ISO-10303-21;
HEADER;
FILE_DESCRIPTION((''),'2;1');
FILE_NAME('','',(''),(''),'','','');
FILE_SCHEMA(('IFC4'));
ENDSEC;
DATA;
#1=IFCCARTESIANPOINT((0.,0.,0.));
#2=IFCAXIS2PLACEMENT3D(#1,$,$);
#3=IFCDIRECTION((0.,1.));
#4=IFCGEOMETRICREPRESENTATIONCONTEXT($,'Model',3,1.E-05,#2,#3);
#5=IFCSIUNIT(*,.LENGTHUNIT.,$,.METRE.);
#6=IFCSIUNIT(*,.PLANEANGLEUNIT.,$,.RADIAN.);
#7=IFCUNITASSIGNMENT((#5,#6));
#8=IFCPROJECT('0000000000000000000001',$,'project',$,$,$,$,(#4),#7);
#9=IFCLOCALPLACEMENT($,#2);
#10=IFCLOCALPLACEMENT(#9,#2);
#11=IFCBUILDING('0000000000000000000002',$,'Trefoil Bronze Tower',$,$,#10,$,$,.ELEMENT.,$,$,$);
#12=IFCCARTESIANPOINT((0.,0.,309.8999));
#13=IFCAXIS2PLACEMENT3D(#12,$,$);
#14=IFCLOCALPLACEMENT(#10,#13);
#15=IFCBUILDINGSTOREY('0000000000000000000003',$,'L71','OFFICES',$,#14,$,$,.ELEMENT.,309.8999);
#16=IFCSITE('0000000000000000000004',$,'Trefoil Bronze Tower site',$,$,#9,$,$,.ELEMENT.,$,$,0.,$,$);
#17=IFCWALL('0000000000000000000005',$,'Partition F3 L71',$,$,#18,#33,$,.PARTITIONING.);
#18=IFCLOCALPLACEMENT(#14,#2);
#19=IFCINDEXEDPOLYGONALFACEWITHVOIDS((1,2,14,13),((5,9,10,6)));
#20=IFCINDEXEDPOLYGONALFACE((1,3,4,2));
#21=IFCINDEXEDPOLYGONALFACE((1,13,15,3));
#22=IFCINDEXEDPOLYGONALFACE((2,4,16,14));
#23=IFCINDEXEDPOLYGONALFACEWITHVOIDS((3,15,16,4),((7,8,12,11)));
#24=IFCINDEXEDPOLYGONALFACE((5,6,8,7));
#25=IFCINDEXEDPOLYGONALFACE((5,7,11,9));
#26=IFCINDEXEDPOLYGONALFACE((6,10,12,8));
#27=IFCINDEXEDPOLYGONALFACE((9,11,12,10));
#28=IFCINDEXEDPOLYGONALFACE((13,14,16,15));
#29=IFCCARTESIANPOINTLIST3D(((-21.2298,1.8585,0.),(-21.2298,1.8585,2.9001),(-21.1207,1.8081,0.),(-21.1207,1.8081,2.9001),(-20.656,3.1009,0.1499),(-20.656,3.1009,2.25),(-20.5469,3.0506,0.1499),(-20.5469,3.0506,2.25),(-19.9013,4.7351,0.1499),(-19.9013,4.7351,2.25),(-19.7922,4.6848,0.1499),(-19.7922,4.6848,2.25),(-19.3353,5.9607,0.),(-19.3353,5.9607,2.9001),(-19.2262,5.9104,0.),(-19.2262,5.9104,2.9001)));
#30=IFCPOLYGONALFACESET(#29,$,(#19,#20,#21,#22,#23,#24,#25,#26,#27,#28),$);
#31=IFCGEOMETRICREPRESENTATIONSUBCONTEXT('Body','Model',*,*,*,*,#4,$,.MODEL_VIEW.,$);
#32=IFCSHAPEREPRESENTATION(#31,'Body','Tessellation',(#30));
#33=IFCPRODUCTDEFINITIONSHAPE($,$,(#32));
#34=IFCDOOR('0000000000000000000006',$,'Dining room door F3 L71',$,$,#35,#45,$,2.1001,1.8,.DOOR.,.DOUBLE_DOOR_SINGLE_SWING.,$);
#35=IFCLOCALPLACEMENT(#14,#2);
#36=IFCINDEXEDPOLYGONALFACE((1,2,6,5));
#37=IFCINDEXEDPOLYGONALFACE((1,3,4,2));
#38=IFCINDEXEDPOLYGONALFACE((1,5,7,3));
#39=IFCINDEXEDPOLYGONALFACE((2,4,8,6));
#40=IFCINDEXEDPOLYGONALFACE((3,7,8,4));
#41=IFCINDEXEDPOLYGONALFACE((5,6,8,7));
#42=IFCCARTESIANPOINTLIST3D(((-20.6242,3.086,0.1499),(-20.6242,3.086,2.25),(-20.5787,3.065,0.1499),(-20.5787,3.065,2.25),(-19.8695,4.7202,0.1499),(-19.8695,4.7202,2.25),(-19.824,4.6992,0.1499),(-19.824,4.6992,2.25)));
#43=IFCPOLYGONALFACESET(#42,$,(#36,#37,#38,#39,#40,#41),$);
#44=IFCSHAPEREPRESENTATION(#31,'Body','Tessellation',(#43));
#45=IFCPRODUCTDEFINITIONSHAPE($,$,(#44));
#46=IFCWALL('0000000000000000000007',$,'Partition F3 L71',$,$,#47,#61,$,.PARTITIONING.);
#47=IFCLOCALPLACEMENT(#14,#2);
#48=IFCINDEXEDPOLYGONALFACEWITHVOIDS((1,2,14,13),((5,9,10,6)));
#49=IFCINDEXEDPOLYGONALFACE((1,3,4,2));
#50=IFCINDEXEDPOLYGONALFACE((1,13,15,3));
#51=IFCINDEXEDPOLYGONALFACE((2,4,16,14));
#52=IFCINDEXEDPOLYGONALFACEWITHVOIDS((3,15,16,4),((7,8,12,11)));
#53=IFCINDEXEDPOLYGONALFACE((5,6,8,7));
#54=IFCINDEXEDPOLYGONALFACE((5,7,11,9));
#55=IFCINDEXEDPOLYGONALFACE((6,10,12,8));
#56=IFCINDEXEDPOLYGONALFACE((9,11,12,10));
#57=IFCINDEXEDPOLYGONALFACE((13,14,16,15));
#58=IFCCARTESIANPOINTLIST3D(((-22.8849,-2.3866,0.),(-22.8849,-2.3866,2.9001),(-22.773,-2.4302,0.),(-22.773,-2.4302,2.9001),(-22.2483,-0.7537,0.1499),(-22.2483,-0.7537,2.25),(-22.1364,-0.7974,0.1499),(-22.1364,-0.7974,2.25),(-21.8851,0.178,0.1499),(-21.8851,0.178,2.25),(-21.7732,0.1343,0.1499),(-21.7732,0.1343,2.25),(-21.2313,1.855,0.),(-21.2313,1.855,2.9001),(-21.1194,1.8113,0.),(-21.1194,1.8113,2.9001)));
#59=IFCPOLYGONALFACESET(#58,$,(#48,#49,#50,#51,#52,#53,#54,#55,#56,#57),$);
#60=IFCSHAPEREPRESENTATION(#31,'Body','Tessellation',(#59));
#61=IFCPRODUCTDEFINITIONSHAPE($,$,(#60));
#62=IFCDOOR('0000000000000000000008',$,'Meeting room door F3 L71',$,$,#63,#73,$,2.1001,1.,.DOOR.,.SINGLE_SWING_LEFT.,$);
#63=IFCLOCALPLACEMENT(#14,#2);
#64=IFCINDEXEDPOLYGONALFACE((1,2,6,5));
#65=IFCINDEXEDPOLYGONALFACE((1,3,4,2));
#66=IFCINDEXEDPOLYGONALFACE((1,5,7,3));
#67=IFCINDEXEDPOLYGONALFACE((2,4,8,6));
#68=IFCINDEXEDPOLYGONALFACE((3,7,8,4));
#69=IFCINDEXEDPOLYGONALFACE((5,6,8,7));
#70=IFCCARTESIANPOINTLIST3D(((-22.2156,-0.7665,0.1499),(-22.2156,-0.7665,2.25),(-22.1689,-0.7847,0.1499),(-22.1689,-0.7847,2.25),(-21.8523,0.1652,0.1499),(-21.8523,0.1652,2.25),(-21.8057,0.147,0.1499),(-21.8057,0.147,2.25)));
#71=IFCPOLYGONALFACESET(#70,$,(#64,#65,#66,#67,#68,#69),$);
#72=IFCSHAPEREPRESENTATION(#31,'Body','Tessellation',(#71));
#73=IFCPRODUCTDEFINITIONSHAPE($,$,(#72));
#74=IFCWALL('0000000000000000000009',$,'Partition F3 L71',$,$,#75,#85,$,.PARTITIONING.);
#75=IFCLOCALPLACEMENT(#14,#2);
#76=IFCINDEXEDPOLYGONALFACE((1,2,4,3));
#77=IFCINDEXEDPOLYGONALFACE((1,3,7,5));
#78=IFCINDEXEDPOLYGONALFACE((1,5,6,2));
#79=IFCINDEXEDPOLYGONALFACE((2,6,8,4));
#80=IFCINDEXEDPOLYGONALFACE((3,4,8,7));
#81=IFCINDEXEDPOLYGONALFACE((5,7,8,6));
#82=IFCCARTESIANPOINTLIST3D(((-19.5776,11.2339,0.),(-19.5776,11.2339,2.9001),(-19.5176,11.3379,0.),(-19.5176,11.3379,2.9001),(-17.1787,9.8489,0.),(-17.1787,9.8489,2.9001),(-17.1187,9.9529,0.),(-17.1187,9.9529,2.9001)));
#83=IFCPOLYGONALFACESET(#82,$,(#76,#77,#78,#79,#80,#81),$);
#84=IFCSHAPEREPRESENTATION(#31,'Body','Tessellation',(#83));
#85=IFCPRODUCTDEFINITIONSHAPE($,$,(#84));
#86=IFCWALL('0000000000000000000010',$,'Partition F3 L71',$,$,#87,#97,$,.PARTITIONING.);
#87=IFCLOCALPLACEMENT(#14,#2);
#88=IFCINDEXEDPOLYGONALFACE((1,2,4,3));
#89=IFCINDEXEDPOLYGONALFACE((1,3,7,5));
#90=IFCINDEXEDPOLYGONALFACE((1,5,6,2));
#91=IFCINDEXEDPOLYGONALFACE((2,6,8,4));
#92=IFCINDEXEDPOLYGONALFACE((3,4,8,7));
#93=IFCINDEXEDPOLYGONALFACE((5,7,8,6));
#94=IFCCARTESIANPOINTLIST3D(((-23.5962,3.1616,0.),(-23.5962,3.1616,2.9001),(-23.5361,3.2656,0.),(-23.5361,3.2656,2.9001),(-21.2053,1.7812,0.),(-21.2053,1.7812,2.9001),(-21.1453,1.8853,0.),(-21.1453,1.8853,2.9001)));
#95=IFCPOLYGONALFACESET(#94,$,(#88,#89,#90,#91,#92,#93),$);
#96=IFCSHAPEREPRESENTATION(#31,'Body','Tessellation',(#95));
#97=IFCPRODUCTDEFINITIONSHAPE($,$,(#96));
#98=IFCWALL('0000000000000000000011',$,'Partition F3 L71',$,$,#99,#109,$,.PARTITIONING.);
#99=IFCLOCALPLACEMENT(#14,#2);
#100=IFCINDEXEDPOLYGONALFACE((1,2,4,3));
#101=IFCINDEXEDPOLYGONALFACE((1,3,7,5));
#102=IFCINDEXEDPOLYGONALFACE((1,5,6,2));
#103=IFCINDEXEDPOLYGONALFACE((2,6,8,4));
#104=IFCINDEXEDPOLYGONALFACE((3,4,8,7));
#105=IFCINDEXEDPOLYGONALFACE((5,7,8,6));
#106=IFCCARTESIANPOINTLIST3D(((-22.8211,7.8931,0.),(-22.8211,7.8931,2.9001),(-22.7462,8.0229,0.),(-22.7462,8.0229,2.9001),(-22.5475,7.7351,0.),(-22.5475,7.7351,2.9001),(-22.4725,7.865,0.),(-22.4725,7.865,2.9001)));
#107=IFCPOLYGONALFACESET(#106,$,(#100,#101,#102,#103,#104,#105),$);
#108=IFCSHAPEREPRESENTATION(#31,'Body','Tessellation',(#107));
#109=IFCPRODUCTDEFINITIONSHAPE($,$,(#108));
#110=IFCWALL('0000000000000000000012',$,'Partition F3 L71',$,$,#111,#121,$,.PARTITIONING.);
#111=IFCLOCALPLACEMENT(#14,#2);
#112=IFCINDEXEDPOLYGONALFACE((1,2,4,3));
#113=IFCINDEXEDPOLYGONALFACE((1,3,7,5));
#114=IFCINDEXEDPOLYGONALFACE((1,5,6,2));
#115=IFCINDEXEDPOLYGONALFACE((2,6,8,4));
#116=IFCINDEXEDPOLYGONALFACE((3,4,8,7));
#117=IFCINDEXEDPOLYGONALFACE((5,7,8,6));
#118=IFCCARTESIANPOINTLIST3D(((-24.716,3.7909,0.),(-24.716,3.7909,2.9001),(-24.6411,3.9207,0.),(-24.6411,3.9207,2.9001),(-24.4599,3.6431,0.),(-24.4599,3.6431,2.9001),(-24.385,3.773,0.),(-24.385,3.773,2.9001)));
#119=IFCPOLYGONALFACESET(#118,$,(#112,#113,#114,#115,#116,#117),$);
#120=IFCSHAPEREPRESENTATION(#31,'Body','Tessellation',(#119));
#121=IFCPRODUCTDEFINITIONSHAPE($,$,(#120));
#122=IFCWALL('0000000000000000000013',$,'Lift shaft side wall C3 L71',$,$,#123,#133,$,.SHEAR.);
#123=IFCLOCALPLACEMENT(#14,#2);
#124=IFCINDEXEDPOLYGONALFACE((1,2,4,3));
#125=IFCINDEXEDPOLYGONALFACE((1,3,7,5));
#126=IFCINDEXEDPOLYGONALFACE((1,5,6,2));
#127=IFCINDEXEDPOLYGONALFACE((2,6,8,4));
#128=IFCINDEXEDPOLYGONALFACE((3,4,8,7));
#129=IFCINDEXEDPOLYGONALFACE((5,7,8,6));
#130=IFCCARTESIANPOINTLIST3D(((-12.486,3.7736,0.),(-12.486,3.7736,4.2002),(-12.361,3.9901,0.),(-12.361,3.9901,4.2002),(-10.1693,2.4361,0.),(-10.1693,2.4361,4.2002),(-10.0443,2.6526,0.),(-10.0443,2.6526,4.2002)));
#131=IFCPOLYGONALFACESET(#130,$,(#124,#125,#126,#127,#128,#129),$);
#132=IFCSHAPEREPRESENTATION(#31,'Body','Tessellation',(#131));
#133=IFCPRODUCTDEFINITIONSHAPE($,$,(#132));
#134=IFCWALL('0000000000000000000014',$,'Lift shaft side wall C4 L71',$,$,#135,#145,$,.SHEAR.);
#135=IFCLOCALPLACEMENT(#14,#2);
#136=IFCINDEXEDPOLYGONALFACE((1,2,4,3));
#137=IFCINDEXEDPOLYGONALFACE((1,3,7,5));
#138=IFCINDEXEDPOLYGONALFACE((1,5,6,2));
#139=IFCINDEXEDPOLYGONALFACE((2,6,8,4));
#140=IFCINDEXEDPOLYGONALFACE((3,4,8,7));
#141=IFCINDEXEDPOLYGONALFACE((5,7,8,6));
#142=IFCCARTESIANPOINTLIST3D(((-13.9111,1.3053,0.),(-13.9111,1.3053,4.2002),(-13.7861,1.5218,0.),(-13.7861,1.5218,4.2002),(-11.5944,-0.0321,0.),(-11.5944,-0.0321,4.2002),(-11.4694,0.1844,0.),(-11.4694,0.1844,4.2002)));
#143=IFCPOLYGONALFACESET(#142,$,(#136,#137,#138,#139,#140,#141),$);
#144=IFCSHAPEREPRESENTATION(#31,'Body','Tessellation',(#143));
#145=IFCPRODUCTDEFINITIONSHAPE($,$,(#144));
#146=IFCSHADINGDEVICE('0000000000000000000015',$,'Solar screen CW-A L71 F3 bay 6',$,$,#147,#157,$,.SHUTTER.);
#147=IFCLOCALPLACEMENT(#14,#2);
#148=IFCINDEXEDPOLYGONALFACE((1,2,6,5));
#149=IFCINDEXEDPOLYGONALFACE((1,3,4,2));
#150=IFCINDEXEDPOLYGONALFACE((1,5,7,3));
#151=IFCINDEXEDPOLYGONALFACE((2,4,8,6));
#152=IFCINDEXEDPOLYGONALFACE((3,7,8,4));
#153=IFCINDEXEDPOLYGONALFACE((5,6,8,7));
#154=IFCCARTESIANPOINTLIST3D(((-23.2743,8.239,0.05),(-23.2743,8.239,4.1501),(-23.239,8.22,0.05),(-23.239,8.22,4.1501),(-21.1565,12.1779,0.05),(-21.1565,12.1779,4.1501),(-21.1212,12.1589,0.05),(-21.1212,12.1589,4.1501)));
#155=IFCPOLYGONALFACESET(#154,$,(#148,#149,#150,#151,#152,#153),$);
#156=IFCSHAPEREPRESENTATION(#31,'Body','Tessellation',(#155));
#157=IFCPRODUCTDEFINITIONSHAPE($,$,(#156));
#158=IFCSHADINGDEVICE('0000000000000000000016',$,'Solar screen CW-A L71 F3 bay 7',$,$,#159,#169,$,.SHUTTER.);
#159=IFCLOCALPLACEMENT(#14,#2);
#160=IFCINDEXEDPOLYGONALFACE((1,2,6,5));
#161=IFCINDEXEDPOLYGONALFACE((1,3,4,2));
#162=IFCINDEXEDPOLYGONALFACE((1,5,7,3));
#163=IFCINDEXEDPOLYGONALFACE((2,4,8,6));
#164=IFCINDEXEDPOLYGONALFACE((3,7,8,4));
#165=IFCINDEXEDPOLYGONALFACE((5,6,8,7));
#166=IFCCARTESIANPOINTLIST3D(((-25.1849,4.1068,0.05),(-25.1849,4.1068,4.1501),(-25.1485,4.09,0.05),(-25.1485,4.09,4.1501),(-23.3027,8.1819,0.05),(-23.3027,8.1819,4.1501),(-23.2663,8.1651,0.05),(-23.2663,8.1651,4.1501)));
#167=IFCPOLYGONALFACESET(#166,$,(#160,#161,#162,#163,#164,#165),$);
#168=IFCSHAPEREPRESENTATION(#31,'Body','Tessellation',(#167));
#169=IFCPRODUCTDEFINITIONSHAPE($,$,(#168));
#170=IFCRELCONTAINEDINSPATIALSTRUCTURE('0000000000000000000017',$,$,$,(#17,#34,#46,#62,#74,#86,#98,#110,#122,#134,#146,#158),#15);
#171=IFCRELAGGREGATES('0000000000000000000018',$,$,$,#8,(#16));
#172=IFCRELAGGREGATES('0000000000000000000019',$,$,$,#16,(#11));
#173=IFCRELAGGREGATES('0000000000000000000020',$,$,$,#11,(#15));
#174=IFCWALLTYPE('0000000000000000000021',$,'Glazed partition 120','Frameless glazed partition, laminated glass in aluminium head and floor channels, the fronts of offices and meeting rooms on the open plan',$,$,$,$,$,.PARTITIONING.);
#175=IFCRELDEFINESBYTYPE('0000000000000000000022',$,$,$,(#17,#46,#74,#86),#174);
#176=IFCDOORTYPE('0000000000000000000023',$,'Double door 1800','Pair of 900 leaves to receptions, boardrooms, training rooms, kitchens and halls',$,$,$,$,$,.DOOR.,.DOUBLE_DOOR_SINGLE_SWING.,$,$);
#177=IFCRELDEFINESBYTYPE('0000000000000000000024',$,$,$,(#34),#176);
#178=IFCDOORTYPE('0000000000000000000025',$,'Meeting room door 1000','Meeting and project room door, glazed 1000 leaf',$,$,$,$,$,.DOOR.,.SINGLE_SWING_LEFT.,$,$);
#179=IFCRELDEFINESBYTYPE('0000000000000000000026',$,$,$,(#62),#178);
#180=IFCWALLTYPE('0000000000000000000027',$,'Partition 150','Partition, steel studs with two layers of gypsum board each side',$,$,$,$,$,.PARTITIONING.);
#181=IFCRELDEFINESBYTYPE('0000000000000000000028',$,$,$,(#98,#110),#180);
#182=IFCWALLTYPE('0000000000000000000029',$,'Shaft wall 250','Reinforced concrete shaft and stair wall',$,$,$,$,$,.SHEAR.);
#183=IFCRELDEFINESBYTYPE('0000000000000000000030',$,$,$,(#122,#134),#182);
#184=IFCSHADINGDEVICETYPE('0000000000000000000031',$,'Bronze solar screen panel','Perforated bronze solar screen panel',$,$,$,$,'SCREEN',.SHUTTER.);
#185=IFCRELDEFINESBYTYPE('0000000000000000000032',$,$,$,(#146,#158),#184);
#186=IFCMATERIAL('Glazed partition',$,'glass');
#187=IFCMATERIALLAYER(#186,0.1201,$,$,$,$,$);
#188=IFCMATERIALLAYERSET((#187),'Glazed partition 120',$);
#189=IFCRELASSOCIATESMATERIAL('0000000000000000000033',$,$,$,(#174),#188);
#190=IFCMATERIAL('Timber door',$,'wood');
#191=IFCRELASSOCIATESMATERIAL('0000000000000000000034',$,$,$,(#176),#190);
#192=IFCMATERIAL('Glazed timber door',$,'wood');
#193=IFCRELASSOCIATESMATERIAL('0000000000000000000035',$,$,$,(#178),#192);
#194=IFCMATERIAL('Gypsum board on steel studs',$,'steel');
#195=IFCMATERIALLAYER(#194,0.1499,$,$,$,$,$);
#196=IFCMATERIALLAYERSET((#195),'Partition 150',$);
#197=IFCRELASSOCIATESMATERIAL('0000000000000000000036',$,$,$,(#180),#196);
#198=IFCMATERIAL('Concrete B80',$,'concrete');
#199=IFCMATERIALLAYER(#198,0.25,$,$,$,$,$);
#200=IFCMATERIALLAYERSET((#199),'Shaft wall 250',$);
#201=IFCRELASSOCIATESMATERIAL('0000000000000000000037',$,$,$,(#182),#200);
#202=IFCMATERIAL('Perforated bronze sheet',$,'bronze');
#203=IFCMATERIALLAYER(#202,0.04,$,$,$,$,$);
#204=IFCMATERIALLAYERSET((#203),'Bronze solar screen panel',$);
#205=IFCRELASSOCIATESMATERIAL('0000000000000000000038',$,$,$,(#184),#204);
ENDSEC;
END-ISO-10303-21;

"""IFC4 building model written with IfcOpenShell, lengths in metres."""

from ifc_helpers import new_model, si_unit, direction, frame, frame_2d, origin, origin_2d, place, context, subcontext, project, spatial, rectangle, extrude, material, layer, layer_set, type_object, element, fill, save


model = new_model("IFC4")

# Units and contexts
model_context = context("Model", 3, precision=1e-05, world=origin(), true_north=direction((0.0, 1.0)))
body_context = subcontext(model_context, "Body", "Model", "MODEL_VIEW")
ifc_project = project(units=[si_unit("LENGTHUNIT", "METRE"), si_unit("PLANEANGLEUNIT", "RADIAN")], contexts=[model_context])

# Site, building, storey
site_placement = place(None, origin())
site = spatial("IfcSite", under=ifc_project, at=site_placement, Name="Trefoil Bronze Tower site", CompositionType="ELEMENT", RefElevation=0.0)
building_placement = place(site_placement, origin())
building = spatial("IfcBuilding", under=site, at=building_placement, Name="Trefoil Bronze Tower", CompositionType="ELEMENT")
storey_placement = place(building_placement, frame((0.0, 0.0, 309.8999)))
storey = spatial("IfcBuildingStorey", under=building, at=storey_placement, Name="L71", Description="OFFICES", CompositionType="ELEMENT", Elevation=309.8999)

# Shared definitions
ifc_material_1 = material(Name="Glazed partition", Category="glass")
ifc_layer_1 = layer(ifc_material_1, 0.1201)
ifc_layer_set_1 = layer_set([ifc_layer_1], Name="Glazed partition 120")
wall_type_1 = type_object("IfcWallType", Name="Glazed partition 120", Description="Frameless glazed partition, laminated glass in aluminium head and floor channels, the fronts of offices and meeting rooms on the open plan", PredefinedType="PARTITIONING", material=ifc_layer_set_1)

# Walls, openings, doors
wall_1_placement = place(storey_placement, frame((-19.2808, 5.9355, 0.0), z_axis=(0.0, 0.0, 1.0), x_axis=(-0.419271, -0.907861, 0.0)))
wall_1 = element("IfcWall", 1, at=wall_1_placement, inside=storey, type_object=wall_type_1, Name="Partition F3 L71", PredefinedType="PARTITIONING", context=body_context, shape_type="SweptSolid", body=[
    extrude(rectangle(XDim=4.5186, YDim=0.1201, at=frame_2d((2.2593, 0.0))), origin(), (0.0, 0.0, 1.0), 2.9001),
])
opening_1_placement = place(wall_1_placement, frame((1.3501, 0.0, 0.1499)))
opening_1 = element("IfcOpeningElement", 2, at=opening_1_placement, cuts=wall_1, PredefinedType="OPENING", context=body_context, shape_type="SweptSolid", body=[
    extrude(rectangle(XDim=1.8, YDim=2.1001, at=frame_2d((0.8999, 1.05))), frame((0.0, 0.0701, 0.0), z_axis=(0.0, -1.0, 0.0), x_axis=(1.0, 0.0, 0.0)), (0.0, 0.0, 1.0), 0.1401),
])
ifc_material_2 = material(Name="Timber door", Category="wood")
door_type_1 = type_object("IfcDoorType", Name="Double door 1800", Description="Pair of 900 leaves to receptions, boardrooms, training rooms, kitchens and halls", OperationType="DOUBLE_DOOR_SINGLE_SWING", PredefinedType="DOOR", material=ifc_material_2)
door_1_placement = place(opening_1_placement, frame((1.8, 0.0, 0.0), z_axis=(0.0, 0.0, 1.0), x_axis=(-1.0, 0.0, 0.0)))
door_1 = element("IfcDoor", 3, at=door_1_placement, inside=storey, type_object=door_type_1, Name="Dining room door F3 L71", OperationType="DOUBLE_DOOR_SINGLE_SWING", OverallHeight=2.1001, OverallWidth=1.8, PredefinedType="DOOR", context=body_context, shape_type="SweptSolid", body=[
    extrude(rectangle(XDim=1.8, YDim=2.1001, at=frame_2d((0.8999, 1.05))), frame((0.0, 0.0249, 0.0), z_axis=(0.0, -1.0, 0.0), x_axis=(1.0, 0.0, 0.0)), (0.0, 0.0, 1.0), 0.05),
])
fill(opening_1, door_1)
wall_2_placement = place(storey_placement, frame((-21.1753, 1.8333, 0.0), z_axis=(0.0, 0.0, 1.0), x_axis=(-0.36323, -0.931699, 0.0)))
wall_2 = element("IfcWall", 4, at=wall_2_placement, inside=storey, type_object=wall_type_1, Name="Partition F3 L71", PredefinedType="PARTITIONING", context=body_context, shape_type="SweptSolid", body=[
    extrude(rectangle(XDim=4.5525, YDim=0.1201, at=frame_2d((2.2764, 0.0))), origin(), (0.0, 0.0, 1.0), 2.9001),
])
opening_2_placement = place(wall_2_placement, frame((1.8, 0.0, 0.1499)))
opening_2 = element("IfcOpeningElement", 5, at=opening_2_placement, cuts=wall_2, PredefinedType="OPENING", context=body_context, shape_type="SweptSolid", body=[
    extrude(rectangle(XDim=1.0, YDim=2.1001, at=frame_2d((0.5, 1.05))), frame((0.0, 0.0701, 0.0), z_axis=(0.0, -1.0, 0.0), x_axis=(1.0, 0.0, 0.0)), (0.0, 0.0, 1.0), 0.1401),
])
ifc_material_3 = material(Name="Glazed timber door", Category="wood")
door_type_2 = type_object("IfcDoorType", Name="Meeting room door 1000", Description="Meeting and project room door, glazed 1000 leaf", OperationType="SINGLE_SWING_LEFT", PredefinedType="DOOR", material=ifc_material_3)
door_2_placement = place(opening_2_placement, frame((1.0, 0.0, 0.0), z_axis=(0.0, 0.0, 1.0), x_axis=(-1.0, 0.0, 0.0)))
door_2 = element("IfcDoor", 6, at=door_2_placement, inside=storey, type_object=door_type_2, Name="Meeting room door F3 L71", OperationType="SINGLE_SWING_LEFT", OverallHeight=2.1001, OverallWidth=1.0, PredefinedType="DOOR", context=body_context, shape_type="SweptSolid", body=[
    extrude(rectangle(XDim=1.0, YDim=2.1001, at=frame_2d((0.5, 1.05))), frame((0.0, 0.0249, 0.0), z_axis=(0.0, -1.0, 0.0), x_axis=(1.0, 0.0, 0.0)), (0.0, 0.0, 1.0), 0.05),
])
fill(opening_2, door_2)

# Walls
wall_3_placement = place(storey_placement, frame((-17.1487, 9.9009, 0.0), z_axis=(0.0, 0.0, 1.0), x_axis=(-0.866027, 0.499997, 0.0)))
element("IfcWall", 7, at=wall_3_placement, inside=storey, type_object=wall_type_1, Name="Partition F3 L71", PredefinedType="PARTITIONING", context=body_context, shape_type="SweptSolid", body=[
    extrude(rectangle(XDim=2.77, YDim=0.1201, at=frame_2d((1.385, 0.0))), origin(), (0.0, 0.0, 1.0), 2.9001),
])
wall_4_placement = place(storey_placement, frame((-21.1753, 1.8333, 0.0), z_axis=(0.0, 0.0, 1.0), x_axis=(-0.866025, 0.500001, 0.0)))
element("IfcWall", 8, at=wall_4_placement, inside=storey, type_object=wall_type_1, Name="Partition F3 L71", PredefinedType="PARTITIONING", context=body_context, shape_type="SweptSolid", body=[
    extrude(rectangle(XDim=2.7607, YDim=0.1201, at=frame_2d((1.3804, 0.0))), origin(), (0.0, 0.0, 1.0), 2.9001),
])
ifc_material_4 = material(Name="Gypsum board on steel studs", Category="steel")
ifc_layer_2 = layer(ifc_material_4, 0.1499)
ifc_layer_set_2 = layer_set([ifc_layer_2], Name="Partition 150")
wall_type_2 = type_object("IfcWallType", Name="Partition 150", Description="Partition, steel studs with two layers of gypsum board each side", PredefinedType="PARTITIONING", material=ifc_layer_set_2)
wall_5_placement = place(storey_placement, frame((-22.51, 7.8, 0.0), z_axis=(0.0, 0.0, 1.0), x_axis=(-0.866096, 0.499879, 0.0)))
element("IfcWall", 9, at=wall_5_placement, inside=storey, type_object=wall_type_2, Name="Partition F3 L71", PredefinedType="PARTITIONING", context=body_context, shape_type="SweptSolid", body=[
    extrude(rectangle(XDim=0.3159, YDim=0.1499, at=frame_2d((0.158, 0.0))), origin(), (0.0, 0.0, 1.0), 2.9001),
])
wall_6_placement = place(storey_placement, frame((-24.4224, 3.708, 0.0), z_axis=(0.0, 0.0, 1.0), x_axis=(-0.866254, 0.499603, 0.0)))
element("IfcWall", 10, at=wall_6_placement, inside=storey, type_object=wall_type_2, Name="Partition F3 L71", PredefinedType="PARTITIONING", context=body_context, shape_type="SweptSolid", body=[
    extrude(rectangle(XDim=0.2957, YDim=0.1499, at=frame_2d((0.1479, 0.0))), origin(), (0.0, 0.0, 1.0), 2.9001),
])
ifc_material_5 = material(Name="Concrete B80", Category="concrete")
ifc_layer_3 = layer(ifc_material_5, 0.25)
ifc_layer_set_3 = layer_set([ifc_layer_3], Name="Shaft wall 250")
wall_type_3 = type_object("IfcWallType", Name="Shaft wall 250", Description="Reinforced concrete shaft and stair wall", PredefinedType="SHEAR", material=ifc_layer_set_3)
for number, where, z_axis, x_axis, name in (
    (11, (-10.1069, 2.5444, 0.0), (0.0, 0.0, 1.0), (-0.866044, 0.499967, 0.0), "Lift shaft side wall C3 L71"),
    (12, (-11.532, 0.0762, 0.0), (0.0, 0.0, 1.0), (-0.866044, 0.499967, 0.0), "Lift shaft side wall C4 L71"),
):
    element("IfcWall", number, at=place(storey_placement, frame(where, z_axis=z_axis, x_axis=x_axis)), inside=storey, type_object=wall_type_3, Name=name, PredefinedType="SHEAR", context=body_context, shape_type="SweptSolid", body=[
        extrude(rectangle(XDim=2.675, YDim=0.25, at=frame_2d((1.3374, 0.0))), origin(), (0.0, 0.0, 1.0), 4.2002),
    ])

# Shading devices
ifc_material_6 = material(Name="Perforated bronze sheet", Category="bronze")
ifc_layer_4 = layer(ifc_material_6, 0.04)
ifc_layer_set_4 = layer_set([ifc_layer_4], Name="Bronze solar screen panel")
shading_device_type = type_object("IfcShadingDeviceType", Name="Bronze solar screen panel", Description="Perforated bronze solar screen panel", ElementType="SCREEN", PredefinedType="SHUTTER", material=ifc_layer_set_4)
shading_device_1_placement = place(storey_placement, frame((-22.1978, 10.199, 0.05), z_axis=(0.0, 0.0, 1.0), x_axis=(-0.473562, -0.88076, 0.0)))
element("IfcShadingDevice", 13, at=shading_device_1_placement, inside=storey, type_object=shading_device_type, Name="Solar screen CW-A L71 F3 bay 6", PredefinedType="SHUTTER", context=body_context, shape_type="SweptSolid", body=[
    extrude(rectangle(XDim=4.4722, YDim=0.04, at=origin_2d()), origin(), (0.0, 0.0, 1.0), 4.1001),
])
shading_device_2_placement = place(storey_placement, frame((-24.2256, 6.136, 0.05), z_axis=(0.0, 0.0, 1.0), x_axis=(-0.419309, -0.907844, 0.0)))
element("IfcShadingDevice", 14, at=shading_device_2_placement, inside=storey, type_object=shading_device_type, Name="Solar screen CW-A L71 F3 bay 7", PredefinedType="SHUTTER", context=body_context, shape_type="SweptSolid", body=[
    extrude(rectangle(XDim=4.4888, YDim=0.04, at=origin_2d()), origin(), (0.0, 0.0, 1.0), 4.1001),
])

save(model, "model.ifc")
